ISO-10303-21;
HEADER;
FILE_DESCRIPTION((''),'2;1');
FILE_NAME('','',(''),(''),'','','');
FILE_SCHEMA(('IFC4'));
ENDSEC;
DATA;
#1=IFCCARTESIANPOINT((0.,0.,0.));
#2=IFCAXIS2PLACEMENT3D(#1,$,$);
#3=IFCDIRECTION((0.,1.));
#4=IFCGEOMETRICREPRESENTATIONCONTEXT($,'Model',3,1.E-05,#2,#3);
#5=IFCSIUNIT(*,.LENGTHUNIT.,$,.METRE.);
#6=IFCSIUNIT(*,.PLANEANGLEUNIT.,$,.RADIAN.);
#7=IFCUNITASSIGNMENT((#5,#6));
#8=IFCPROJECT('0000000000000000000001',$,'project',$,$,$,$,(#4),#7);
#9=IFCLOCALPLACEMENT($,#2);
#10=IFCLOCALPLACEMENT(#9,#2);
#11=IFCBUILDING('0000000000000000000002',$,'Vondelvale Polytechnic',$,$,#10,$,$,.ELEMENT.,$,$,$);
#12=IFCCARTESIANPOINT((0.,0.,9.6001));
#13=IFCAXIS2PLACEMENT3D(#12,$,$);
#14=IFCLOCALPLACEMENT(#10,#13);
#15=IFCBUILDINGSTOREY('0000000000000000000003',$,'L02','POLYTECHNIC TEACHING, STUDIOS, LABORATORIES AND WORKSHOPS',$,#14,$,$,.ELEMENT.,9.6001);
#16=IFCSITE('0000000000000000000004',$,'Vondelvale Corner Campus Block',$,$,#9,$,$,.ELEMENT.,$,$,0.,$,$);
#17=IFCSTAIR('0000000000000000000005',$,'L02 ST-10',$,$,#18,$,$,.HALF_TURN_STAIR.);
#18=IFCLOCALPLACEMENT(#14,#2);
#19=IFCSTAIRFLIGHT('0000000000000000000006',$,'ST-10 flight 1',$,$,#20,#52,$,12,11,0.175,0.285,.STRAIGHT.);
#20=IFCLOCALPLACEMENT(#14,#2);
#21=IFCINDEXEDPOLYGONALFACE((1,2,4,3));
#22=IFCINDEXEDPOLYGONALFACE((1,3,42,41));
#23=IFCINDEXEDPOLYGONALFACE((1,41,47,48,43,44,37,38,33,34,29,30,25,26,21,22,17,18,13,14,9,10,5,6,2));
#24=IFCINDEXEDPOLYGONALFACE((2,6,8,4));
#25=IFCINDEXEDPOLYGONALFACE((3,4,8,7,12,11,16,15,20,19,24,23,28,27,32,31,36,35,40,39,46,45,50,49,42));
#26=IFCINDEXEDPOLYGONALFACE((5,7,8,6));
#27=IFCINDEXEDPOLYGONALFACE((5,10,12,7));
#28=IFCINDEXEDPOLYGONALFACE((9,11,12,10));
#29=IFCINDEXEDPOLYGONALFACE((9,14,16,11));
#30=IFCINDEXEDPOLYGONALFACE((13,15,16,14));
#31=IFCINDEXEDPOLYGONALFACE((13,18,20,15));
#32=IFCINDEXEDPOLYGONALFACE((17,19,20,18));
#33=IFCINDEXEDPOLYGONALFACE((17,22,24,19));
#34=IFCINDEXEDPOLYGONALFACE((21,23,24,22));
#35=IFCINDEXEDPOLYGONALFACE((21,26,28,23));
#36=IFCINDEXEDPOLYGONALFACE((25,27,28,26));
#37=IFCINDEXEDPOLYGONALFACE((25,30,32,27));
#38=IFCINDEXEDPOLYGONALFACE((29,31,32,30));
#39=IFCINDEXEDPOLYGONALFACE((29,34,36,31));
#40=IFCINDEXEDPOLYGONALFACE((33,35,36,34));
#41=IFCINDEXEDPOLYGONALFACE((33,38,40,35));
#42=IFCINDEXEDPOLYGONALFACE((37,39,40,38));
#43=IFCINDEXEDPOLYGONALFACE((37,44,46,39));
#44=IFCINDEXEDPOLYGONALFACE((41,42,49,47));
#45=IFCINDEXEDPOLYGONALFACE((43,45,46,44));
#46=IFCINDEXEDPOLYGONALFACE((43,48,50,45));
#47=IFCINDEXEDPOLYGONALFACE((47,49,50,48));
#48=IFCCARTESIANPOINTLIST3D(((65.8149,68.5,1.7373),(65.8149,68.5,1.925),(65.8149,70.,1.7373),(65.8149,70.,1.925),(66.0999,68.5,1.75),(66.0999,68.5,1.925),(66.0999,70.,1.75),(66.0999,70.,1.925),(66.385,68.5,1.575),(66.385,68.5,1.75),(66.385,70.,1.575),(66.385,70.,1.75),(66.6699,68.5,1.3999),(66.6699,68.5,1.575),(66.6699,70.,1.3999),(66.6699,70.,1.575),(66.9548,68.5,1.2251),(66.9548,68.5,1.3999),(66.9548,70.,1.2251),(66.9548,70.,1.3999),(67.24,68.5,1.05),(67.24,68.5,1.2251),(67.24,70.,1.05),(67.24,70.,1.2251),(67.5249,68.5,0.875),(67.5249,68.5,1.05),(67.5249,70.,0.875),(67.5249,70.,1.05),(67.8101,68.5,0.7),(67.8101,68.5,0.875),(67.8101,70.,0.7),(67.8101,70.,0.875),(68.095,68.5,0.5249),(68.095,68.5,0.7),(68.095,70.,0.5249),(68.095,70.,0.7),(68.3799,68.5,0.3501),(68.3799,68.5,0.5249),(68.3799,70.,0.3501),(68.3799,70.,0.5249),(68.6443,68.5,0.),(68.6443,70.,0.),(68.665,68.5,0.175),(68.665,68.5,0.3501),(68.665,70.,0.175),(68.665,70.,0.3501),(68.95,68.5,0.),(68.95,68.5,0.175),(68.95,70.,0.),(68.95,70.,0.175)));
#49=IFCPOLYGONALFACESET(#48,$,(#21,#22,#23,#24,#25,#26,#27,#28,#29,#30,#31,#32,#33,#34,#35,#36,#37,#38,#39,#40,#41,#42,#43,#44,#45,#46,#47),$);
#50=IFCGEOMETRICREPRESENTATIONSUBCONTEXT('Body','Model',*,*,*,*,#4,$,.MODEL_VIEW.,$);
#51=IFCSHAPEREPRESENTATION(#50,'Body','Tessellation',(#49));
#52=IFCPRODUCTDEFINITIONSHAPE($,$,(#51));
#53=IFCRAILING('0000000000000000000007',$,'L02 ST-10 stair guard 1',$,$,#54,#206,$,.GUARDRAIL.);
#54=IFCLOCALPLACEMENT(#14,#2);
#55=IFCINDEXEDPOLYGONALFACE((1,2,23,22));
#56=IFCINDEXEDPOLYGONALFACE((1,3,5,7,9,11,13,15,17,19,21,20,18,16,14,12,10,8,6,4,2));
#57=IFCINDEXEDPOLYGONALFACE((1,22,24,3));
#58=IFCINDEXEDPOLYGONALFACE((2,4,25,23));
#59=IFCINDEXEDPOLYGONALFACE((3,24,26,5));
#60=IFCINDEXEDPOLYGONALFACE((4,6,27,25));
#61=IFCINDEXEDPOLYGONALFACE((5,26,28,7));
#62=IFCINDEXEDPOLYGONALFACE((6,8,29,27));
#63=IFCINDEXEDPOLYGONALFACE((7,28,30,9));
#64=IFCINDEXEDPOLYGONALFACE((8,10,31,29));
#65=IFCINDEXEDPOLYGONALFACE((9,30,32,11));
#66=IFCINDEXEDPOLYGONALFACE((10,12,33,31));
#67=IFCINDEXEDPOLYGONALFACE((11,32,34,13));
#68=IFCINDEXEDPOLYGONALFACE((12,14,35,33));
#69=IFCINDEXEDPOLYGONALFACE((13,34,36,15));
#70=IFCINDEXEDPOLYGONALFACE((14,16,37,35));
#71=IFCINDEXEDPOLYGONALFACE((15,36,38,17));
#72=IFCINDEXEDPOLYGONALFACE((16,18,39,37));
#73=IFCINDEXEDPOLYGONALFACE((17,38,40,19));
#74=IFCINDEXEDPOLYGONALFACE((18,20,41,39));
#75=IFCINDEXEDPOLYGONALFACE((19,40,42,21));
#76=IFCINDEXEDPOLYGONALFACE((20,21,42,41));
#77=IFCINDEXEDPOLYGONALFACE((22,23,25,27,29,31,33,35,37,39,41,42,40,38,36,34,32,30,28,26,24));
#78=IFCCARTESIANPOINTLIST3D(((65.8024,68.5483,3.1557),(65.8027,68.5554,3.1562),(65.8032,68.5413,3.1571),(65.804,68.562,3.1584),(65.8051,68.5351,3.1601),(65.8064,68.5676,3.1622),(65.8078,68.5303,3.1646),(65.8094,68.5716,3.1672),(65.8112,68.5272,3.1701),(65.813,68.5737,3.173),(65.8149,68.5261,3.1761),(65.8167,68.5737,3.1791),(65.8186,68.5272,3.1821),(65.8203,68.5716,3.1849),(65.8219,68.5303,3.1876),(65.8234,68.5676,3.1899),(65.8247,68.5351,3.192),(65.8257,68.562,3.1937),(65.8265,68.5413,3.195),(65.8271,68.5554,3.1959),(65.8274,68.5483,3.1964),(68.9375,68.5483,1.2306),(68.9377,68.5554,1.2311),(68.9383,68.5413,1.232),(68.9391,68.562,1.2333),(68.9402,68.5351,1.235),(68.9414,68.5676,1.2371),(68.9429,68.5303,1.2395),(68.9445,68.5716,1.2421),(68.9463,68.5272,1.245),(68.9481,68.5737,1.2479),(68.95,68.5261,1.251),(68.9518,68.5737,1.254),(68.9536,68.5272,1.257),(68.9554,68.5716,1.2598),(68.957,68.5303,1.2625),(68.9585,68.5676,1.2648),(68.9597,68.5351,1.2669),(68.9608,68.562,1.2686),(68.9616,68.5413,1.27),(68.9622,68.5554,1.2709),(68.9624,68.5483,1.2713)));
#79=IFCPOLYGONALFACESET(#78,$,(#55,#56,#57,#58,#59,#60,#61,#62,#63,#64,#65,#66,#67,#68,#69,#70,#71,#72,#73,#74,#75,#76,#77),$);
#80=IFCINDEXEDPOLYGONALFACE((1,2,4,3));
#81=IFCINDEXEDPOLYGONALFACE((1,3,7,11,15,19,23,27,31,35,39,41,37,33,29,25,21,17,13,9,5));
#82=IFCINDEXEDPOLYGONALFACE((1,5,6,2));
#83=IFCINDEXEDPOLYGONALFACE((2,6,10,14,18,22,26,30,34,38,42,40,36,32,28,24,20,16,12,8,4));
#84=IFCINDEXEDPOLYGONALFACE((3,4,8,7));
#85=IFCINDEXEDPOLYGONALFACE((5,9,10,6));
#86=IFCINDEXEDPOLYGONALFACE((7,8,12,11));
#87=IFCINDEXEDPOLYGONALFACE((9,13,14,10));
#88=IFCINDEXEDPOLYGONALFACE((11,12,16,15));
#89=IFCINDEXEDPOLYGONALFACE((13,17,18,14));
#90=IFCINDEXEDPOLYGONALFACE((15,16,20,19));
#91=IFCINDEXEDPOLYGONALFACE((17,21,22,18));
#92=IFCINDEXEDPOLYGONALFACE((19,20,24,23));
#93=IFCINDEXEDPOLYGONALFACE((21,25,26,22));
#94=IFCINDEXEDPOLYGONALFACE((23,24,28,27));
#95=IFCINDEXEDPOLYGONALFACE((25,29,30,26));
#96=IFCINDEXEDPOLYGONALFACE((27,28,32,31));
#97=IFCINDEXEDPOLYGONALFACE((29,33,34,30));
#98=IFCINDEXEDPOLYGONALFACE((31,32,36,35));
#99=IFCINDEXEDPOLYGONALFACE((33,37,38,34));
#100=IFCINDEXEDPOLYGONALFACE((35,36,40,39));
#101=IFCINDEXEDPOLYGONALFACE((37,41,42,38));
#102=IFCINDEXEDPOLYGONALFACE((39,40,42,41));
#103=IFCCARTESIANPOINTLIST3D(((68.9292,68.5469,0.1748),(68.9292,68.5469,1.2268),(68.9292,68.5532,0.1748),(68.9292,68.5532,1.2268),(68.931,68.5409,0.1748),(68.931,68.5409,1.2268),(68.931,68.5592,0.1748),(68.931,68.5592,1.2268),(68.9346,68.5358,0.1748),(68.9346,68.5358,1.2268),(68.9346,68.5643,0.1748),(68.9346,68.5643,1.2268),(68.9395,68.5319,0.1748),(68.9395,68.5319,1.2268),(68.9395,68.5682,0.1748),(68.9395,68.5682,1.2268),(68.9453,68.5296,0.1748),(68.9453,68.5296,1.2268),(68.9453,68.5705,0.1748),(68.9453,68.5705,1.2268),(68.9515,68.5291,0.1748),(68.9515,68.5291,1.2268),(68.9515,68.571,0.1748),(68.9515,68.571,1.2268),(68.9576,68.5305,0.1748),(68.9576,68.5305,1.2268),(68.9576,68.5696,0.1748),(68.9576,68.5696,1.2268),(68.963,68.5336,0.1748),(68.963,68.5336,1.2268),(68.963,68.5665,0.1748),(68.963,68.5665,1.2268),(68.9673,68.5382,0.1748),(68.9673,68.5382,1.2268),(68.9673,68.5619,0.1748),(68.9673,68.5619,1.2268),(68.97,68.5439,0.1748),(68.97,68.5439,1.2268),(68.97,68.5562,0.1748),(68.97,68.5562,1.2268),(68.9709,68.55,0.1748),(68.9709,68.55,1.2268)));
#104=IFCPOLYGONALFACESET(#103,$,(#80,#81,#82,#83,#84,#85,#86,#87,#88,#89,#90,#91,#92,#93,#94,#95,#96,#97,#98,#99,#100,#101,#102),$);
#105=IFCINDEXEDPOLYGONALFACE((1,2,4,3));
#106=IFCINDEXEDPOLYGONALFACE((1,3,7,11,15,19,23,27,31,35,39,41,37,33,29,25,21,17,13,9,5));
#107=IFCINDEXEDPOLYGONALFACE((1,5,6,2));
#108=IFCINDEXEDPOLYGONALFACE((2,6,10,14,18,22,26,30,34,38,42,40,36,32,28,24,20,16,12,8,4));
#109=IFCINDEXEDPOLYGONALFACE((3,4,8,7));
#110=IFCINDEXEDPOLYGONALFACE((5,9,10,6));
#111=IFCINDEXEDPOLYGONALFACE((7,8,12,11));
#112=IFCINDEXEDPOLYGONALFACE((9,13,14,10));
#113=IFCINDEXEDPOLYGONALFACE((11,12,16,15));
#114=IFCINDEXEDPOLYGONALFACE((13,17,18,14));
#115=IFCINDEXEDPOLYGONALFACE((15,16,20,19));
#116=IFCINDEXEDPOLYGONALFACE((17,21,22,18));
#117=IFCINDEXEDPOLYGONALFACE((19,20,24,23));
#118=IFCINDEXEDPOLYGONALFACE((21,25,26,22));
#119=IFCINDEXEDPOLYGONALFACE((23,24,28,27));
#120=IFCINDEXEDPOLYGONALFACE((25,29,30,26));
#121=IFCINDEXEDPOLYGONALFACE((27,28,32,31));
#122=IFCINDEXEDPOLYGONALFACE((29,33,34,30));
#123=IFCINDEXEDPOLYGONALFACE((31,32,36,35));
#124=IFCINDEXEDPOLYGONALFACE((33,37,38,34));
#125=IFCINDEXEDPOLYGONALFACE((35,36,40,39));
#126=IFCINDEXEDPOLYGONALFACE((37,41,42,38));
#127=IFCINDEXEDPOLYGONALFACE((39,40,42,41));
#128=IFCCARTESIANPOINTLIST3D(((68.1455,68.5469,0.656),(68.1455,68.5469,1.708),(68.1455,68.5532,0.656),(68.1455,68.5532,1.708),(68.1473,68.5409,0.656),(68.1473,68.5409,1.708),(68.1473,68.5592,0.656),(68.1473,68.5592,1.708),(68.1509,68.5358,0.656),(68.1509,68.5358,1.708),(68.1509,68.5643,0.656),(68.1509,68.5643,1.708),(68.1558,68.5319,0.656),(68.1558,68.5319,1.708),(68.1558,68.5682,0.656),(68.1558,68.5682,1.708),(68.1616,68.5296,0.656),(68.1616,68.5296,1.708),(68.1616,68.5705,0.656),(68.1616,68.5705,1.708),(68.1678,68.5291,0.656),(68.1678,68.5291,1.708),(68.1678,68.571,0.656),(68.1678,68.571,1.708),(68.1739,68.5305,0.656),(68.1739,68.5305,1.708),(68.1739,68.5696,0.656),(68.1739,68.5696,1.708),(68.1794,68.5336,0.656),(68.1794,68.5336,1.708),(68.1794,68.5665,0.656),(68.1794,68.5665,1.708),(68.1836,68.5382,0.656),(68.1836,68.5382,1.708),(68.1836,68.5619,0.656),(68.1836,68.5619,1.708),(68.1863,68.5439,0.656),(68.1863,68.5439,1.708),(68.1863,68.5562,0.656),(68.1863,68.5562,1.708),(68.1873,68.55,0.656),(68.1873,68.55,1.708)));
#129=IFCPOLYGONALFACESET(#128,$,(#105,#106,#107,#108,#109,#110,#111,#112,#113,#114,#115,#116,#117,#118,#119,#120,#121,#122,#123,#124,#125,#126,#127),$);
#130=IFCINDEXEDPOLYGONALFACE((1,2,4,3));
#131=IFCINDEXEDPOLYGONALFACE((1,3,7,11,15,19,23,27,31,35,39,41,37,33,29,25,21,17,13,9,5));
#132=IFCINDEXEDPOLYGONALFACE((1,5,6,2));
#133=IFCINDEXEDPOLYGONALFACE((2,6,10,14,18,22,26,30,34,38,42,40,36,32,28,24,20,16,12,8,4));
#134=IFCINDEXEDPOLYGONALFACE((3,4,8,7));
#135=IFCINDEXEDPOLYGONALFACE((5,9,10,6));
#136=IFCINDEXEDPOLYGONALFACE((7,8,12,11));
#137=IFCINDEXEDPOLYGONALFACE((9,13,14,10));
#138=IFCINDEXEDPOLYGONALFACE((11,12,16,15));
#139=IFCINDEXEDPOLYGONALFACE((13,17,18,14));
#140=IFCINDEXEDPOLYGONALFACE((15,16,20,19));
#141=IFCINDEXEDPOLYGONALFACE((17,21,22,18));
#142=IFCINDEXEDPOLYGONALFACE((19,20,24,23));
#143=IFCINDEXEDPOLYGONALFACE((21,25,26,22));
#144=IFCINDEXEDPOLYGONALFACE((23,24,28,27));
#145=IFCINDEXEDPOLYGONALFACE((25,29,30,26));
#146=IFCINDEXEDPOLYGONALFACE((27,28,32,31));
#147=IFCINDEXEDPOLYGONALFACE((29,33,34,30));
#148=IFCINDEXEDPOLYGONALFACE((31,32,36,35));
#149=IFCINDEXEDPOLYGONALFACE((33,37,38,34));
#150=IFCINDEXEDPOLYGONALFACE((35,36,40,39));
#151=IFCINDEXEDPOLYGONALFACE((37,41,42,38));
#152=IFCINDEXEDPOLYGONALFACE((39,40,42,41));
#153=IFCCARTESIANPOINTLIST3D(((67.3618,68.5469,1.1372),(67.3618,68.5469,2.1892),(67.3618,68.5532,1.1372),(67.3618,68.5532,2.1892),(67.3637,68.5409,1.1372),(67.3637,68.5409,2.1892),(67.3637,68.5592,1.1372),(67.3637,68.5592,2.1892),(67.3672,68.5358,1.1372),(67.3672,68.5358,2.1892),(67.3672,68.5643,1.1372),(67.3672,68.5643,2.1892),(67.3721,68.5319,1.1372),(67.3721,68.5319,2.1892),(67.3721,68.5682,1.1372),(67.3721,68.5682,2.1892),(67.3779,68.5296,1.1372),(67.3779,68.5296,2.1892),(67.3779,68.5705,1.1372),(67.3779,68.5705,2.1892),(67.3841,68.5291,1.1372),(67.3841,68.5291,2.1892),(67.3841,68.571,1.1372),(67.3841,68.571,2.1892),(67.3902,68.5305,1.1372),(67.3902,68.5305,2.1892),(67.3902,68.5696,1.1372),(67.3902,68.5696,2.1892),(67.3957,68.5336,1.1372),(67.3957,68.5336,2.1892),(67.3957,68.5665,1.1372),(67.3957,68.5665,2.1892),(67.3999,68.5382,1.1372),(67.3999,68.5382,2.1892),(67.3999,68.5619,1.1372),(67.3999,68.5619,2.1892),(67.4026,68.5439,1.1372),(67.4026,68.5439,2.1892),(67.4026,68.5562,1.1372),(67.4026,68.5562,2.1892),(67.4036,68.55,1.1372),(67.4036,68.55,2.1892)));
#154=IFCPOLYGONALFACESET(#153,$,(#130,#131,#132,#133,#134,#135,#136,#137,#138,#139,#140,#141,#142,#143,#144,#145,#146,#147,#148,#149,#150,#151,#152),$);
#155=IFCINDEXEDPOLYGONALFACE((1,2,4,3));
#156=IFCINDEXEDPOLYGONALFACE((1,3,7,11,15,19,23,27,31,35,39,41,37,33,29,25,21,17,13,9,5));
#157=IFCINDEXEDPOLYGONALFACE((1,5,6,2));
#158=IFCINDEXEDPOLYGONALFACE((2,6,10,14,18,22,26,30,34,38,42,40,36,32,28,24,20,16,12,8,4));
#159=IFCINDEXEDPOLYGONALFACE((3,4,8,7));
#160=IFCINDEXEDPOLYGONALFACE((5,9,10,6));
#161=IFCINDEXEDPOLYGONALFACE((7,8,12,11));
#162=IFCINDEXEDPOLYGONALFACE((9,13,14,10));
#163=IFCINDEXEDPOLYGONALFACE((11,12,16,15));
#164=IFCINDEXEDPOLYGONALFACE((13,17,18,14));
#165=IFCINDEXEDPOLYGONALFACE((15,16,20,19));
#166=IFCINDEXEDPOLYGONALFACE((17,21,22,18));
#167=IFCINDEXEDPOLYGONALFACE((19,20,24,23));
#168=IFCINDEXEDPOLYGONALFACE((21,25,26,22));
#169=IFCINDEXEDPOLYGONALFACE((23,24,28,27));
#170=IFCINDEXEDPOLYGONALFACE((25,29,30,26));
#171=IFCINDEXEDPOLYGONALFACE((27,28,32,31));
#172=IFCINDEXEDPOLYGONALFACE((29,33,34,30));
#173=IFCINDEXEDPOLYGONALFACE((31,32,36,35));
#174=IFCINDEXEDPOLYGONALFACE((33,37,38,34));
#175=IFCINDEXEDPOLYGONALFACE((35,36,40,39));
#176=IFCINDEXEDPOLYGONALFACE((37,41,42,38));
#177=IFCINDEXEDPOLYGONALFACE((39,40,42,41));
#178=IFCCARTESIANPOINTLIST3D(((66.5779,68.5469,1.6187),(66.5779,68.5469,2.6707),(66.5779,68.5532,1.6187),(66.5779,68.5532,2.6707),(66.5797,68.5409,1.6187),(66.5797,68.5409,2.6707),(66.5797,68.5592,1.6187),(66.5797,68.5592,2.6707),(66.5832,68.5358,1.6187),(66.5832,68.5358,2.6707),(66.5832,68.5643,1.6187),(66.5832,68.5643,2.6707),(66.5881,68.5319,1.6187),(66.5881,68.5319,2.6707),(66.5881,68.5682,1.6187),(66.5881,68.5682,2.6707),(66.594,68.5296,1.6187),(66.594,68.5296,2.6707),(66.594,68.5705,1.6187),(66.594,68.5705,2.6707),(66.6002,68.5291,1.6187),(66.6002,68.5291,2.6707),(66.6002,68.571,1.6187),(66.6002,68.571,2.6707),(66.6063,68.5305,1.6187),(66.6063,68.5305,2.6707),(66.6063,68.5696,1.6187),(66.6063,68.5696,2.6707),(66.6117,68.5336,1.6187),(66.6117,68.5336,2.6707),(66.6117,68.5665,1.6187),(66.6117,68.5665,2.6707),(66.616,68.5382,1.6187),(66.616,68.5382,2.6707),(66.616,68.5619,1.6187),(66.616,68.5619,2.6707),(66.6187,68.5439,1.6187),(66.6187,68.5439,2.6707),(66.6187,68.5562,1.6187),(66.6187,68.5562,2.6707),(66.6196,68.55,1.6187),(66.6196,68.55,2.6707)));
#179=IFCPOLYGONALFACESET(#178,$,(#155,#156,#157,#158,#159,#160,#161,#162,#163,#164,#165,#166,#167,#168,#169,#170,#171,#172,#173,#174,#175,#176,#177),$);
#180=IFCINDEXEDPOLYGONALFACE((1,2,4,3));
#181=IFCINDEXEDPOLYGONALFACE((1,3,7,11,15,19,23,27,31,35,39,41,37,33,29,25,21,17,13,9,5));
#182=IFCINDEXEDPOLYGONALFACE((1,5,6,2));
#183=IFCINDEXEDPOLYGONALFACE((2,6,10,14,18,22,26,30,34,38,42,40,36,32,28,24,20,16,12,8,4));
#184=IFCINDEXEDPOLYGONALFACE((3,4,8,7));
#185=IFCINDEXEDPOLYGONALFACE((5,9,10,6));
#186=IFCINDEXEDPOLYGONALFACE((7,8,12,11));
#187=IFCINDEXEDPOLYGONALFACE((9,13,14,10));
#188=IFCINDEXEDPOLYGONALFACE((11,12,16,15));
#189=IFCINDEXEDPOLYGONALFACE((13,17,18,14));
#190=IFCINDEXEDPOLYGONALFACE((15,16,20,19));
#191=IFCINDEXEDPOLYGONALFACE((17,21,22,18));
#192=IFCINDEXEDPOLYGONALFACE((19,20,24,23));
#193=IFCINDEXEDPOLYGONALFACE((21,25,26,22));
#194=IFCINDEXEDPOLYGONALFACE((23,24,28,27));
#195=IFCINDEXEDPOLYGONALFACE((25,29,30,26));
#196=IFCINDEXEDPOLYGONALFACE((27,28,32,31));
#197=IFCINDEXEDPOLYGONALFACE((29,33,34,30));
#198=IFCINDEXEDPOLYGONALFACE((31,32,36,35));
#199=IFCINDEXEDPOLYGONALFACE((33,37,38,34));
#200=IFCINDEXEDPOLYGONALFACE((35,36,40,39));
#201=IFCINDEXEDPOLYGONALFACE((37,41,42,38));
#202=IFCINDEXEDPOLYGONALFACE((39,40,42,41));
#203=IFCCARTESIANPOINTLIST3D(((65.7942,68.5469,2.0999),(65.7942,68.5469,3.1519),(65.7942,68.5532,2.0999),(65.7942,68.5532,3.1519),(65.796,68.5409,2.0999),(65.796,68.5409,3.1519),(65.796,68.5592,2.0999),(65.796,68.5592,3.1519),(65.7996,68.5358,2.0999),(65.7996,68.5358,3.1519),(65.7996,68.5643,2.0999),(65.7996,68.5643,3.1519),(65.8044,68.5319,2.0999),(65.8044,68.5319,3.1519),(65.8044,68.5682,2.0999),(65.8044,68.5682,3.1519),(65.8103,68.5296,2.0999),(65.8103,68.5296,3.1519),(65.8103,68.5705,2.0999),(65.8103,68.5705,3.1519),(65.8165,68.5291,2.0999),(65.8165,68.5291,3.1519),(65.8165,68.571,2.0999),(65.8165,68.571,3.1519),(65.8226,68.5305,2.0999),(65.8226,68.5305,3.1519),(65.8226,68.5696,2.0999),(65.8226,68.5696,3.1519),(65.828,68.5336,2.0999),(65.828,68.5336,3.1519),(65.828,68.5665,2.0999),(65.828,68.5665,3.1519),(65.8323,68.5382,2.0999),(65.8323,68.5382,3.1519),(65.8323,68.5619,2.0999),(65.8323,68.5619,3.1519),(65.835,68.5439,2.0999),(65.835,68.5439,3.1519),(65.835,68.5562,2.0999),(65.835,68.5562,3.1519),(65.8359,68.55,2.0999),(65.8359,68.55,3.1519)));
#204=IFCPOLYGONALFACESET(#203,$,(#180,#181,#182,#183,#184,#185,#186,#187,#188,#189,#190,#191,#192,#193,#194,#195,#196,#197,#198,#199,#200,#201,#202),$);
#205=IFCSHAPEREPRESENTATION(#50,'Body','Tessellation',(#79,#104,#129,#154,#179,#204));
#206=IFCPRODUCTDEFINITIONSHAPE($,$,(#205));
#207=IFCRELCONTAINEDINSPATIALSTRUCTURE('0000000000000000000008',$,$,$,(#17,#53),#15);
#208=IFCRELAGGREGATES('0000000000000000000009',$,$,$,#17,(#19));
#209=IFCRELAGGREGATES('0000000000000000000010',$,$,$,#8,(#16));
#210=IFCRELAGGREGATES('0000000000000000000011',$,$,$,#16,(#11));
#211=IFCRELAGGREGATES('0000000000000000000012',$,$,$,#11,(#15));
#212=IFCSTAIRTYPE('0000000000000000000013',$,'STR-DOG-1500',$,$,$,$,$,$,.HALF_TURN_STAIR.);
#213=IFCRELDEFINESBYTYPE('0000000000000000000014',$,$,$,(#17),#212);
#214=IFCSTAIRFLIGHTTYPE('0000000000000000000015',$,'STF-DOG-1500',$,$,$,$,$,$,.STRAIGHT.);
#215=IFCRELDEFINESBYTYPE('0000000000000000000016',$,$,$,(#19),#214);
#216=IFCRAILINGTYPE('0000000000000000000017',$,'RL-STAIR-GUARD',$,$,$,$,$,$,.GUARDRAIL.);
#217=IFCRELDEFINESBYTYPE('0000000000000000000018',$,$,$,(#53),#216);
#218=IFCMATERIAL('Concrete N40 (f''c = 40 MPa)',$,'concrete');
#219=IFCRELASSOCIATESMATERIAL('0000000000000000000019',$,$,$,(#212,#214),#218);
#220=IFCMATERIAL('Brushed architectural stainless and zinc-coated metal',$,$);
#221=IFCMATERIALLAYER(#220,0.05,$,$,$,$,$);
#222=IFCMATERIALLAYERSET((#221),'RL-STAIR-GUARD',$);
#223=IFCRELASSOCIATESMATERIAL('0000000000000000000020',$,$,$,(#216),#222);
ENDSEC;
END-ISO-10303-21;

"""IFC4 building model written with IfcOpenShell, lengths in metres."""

from ifc_helpers import new_model, si_unit, direction, frame, origin, origin_2d, place, context, subcontext, project, spatial, polyline, circle, outline, extrude, material, layer, layer_set, type_object, element, aggregate, save


model = new_model("IFC4")

# Units and contexts
model_context = context("Model", 3, precision=1e-05, world=origin(), true_north=direction((0.0, 1.0)))
body_context = subcontext(model_context, "Body", "Model", "MODEL_VIEW")
ifc_project = project(units=[si_unit("LENGTHUNIT", "METRE"), si_unit("PLANEANGLEUNIT", "RADIAN")], contexts=[model_context])

# Site, building, storey
site_placement = place(None, origin())
site = spatial("IfcSite", under=ifc_project, at=site_placement, Name="Vondelvale Corner Campus Block", CompositionType="ELEMENT", RefElevation=0.0)
building_placement = place(site_placement, origin())
building = spatial("IfcBuilding", under=site, at=building_placement, Name="Vondelvale Polytechnic", CompositionType="ELEMENT")
storey_placement = place(building_placement, frame((0.0, 0.0, 9.6001)))
storey = spatial("IfcBuildingStorey", under=building, at=storey_placement, Name="L02", Description="POLYTECHNIC TEACHING, STUDIOS, LABORATORIES AND WORKSHOPS", CompositionType="ELEMENT", Elevation=9.6001)

# Shared definitions
ifc_material_1 = material(Name="Concrete N40 (f'c = 40 MPa)", Category="concrete")

# Stair, stair flight
stair_type = type_object("IfcStairType", Name="STR-DOG-1500", PredefinedType="HALF_TURN_STAIR", material=ifc_material_1)
stair_placement = place(storey_placement, origin())
stair = element("IfcStair", 1, at=stair_placement, inside=storey, type_object=stair_type, Name="L02 ST-10", PredefinedType="HALF_TURN_STAIR")
stair_flight_type = type_object("IfcStairFlightType", Name="STF-DOG-1500", PredefinedType="STRAIGHT", material=ifc_material_1)
stair_flight_placement = place(storey_placement, frame((68.95, 69.25, 0.0), z_axis=(0.0, 0.0, 1.0), x_axis=(-1.0, 0.0, 0.0)))
stair_flight = element("IfcStairFlight", 2, at=stair_flight_placement, type_object=stair_flight_type, Name="ST-10 flight 1", NumberOfRisers=12, NumberOfTreads=11, PredefinedType="STRAIGHT", RiserHeight=0.175, TreadLength=0.285, context=body_context, shape_type="SweptSolid", body=[
    extrude(outline(polyline([(0.0, 0.0), (0.0, 0.175), (0.2849, 0.175), (0.2849, 0.3501), (0.5701, 0.3501), (0.5701, 0.5249), (0.855, 0.5249), (0.855, 0.7), (1.1399, 0.7), (1.1399, 0.875), (1.425, 0.875), (1.425, 1.05), (1.71, 1.05), (1.71, 1.2251), (1.9951, 1.2251), (1.9951, 1.3999), (2.28, 1.3999), (2.28, 1.575), (2.5649, 1.575), (2.5649, 1.75), (2.8501, 1.75), (2.8501, 1.925), (3.135, 1.925), (3.135, 2.1001), (3.135, 1.7373), (0.3057, 0.0), (0.0, 0.0)])), frame((0.0, 0.75, 0.0), z_axis=(0.0, -1.0, 0.0), x_axis=(1.0, 0.0, 0.0)), (0.0, 0.0, 1.0), 1.5),
])
aggregate(stair, [stair_flight])

# Railing
ifc_material_2 = material(Name="Brushed architectural stainless and zinc-coated metal")
ifc_layer_1 = layer(ifc_material_2, 0.05)
ifc_layer_set_1 = layer_set([ifc_layer_1], Name="RL-STAIR-GUARD")
railing_type_1 = type_object("IfcRailingType", Name="RL-STAIR-GUARD", PredefinedType="GUARDRAIL", material=ifc_layer_set_1)
railing_1_placement = place(storey_placement, frame((68.95, 68.55, 0.1748)))
element("IfcRailing", 3, at=railing_1_placement, inside=storey, type_object=railing_type_1, Name="L02 ST-10 stair guard 1", PredefinedType="GUARDRAIL", context=body_context, shape_type="SweptSolid", body=[
    extrude(circle(Radius=0.0239, at=origin_2d()), frame((0.0, 0.0, 1.0762), z_axis=(-0.852166, 0.0, 0.523271), x_axis=(0.0, -1.0, 0.0)), (0.0, 0.0, 1.0), 3.679),
    extrude(circle(Radius=0.021, at=origin_2d()), origin(), (0.0, 0.0, 1.0), 1.052),
    extrude(circle(Radius=0.021, at=origin_2d()), frame((-0.7837, 0.0, 0.4812)), (0.0, 0.0, 1.0), 1.052),
    extrude(circle(Radius=0.021, at=origin_2d()), frame((-1.5674, 0.0, 0.9624)), (0.0, 0.0, 1.0), 1.052),
    extrude(circle(Radius=0.021, at=origin_2d()), frame((-2.3513, 0.0, 1.4438)), (0.0, 0.0, 1.0), 1.052),
    extrude(circle(Radius=0.021, at=origin_2d()), frame((-3.135, 0.0, 1.925)), (0.0, 0.0, 1.0), 1.052),
])

save(model, "model.ifc")
